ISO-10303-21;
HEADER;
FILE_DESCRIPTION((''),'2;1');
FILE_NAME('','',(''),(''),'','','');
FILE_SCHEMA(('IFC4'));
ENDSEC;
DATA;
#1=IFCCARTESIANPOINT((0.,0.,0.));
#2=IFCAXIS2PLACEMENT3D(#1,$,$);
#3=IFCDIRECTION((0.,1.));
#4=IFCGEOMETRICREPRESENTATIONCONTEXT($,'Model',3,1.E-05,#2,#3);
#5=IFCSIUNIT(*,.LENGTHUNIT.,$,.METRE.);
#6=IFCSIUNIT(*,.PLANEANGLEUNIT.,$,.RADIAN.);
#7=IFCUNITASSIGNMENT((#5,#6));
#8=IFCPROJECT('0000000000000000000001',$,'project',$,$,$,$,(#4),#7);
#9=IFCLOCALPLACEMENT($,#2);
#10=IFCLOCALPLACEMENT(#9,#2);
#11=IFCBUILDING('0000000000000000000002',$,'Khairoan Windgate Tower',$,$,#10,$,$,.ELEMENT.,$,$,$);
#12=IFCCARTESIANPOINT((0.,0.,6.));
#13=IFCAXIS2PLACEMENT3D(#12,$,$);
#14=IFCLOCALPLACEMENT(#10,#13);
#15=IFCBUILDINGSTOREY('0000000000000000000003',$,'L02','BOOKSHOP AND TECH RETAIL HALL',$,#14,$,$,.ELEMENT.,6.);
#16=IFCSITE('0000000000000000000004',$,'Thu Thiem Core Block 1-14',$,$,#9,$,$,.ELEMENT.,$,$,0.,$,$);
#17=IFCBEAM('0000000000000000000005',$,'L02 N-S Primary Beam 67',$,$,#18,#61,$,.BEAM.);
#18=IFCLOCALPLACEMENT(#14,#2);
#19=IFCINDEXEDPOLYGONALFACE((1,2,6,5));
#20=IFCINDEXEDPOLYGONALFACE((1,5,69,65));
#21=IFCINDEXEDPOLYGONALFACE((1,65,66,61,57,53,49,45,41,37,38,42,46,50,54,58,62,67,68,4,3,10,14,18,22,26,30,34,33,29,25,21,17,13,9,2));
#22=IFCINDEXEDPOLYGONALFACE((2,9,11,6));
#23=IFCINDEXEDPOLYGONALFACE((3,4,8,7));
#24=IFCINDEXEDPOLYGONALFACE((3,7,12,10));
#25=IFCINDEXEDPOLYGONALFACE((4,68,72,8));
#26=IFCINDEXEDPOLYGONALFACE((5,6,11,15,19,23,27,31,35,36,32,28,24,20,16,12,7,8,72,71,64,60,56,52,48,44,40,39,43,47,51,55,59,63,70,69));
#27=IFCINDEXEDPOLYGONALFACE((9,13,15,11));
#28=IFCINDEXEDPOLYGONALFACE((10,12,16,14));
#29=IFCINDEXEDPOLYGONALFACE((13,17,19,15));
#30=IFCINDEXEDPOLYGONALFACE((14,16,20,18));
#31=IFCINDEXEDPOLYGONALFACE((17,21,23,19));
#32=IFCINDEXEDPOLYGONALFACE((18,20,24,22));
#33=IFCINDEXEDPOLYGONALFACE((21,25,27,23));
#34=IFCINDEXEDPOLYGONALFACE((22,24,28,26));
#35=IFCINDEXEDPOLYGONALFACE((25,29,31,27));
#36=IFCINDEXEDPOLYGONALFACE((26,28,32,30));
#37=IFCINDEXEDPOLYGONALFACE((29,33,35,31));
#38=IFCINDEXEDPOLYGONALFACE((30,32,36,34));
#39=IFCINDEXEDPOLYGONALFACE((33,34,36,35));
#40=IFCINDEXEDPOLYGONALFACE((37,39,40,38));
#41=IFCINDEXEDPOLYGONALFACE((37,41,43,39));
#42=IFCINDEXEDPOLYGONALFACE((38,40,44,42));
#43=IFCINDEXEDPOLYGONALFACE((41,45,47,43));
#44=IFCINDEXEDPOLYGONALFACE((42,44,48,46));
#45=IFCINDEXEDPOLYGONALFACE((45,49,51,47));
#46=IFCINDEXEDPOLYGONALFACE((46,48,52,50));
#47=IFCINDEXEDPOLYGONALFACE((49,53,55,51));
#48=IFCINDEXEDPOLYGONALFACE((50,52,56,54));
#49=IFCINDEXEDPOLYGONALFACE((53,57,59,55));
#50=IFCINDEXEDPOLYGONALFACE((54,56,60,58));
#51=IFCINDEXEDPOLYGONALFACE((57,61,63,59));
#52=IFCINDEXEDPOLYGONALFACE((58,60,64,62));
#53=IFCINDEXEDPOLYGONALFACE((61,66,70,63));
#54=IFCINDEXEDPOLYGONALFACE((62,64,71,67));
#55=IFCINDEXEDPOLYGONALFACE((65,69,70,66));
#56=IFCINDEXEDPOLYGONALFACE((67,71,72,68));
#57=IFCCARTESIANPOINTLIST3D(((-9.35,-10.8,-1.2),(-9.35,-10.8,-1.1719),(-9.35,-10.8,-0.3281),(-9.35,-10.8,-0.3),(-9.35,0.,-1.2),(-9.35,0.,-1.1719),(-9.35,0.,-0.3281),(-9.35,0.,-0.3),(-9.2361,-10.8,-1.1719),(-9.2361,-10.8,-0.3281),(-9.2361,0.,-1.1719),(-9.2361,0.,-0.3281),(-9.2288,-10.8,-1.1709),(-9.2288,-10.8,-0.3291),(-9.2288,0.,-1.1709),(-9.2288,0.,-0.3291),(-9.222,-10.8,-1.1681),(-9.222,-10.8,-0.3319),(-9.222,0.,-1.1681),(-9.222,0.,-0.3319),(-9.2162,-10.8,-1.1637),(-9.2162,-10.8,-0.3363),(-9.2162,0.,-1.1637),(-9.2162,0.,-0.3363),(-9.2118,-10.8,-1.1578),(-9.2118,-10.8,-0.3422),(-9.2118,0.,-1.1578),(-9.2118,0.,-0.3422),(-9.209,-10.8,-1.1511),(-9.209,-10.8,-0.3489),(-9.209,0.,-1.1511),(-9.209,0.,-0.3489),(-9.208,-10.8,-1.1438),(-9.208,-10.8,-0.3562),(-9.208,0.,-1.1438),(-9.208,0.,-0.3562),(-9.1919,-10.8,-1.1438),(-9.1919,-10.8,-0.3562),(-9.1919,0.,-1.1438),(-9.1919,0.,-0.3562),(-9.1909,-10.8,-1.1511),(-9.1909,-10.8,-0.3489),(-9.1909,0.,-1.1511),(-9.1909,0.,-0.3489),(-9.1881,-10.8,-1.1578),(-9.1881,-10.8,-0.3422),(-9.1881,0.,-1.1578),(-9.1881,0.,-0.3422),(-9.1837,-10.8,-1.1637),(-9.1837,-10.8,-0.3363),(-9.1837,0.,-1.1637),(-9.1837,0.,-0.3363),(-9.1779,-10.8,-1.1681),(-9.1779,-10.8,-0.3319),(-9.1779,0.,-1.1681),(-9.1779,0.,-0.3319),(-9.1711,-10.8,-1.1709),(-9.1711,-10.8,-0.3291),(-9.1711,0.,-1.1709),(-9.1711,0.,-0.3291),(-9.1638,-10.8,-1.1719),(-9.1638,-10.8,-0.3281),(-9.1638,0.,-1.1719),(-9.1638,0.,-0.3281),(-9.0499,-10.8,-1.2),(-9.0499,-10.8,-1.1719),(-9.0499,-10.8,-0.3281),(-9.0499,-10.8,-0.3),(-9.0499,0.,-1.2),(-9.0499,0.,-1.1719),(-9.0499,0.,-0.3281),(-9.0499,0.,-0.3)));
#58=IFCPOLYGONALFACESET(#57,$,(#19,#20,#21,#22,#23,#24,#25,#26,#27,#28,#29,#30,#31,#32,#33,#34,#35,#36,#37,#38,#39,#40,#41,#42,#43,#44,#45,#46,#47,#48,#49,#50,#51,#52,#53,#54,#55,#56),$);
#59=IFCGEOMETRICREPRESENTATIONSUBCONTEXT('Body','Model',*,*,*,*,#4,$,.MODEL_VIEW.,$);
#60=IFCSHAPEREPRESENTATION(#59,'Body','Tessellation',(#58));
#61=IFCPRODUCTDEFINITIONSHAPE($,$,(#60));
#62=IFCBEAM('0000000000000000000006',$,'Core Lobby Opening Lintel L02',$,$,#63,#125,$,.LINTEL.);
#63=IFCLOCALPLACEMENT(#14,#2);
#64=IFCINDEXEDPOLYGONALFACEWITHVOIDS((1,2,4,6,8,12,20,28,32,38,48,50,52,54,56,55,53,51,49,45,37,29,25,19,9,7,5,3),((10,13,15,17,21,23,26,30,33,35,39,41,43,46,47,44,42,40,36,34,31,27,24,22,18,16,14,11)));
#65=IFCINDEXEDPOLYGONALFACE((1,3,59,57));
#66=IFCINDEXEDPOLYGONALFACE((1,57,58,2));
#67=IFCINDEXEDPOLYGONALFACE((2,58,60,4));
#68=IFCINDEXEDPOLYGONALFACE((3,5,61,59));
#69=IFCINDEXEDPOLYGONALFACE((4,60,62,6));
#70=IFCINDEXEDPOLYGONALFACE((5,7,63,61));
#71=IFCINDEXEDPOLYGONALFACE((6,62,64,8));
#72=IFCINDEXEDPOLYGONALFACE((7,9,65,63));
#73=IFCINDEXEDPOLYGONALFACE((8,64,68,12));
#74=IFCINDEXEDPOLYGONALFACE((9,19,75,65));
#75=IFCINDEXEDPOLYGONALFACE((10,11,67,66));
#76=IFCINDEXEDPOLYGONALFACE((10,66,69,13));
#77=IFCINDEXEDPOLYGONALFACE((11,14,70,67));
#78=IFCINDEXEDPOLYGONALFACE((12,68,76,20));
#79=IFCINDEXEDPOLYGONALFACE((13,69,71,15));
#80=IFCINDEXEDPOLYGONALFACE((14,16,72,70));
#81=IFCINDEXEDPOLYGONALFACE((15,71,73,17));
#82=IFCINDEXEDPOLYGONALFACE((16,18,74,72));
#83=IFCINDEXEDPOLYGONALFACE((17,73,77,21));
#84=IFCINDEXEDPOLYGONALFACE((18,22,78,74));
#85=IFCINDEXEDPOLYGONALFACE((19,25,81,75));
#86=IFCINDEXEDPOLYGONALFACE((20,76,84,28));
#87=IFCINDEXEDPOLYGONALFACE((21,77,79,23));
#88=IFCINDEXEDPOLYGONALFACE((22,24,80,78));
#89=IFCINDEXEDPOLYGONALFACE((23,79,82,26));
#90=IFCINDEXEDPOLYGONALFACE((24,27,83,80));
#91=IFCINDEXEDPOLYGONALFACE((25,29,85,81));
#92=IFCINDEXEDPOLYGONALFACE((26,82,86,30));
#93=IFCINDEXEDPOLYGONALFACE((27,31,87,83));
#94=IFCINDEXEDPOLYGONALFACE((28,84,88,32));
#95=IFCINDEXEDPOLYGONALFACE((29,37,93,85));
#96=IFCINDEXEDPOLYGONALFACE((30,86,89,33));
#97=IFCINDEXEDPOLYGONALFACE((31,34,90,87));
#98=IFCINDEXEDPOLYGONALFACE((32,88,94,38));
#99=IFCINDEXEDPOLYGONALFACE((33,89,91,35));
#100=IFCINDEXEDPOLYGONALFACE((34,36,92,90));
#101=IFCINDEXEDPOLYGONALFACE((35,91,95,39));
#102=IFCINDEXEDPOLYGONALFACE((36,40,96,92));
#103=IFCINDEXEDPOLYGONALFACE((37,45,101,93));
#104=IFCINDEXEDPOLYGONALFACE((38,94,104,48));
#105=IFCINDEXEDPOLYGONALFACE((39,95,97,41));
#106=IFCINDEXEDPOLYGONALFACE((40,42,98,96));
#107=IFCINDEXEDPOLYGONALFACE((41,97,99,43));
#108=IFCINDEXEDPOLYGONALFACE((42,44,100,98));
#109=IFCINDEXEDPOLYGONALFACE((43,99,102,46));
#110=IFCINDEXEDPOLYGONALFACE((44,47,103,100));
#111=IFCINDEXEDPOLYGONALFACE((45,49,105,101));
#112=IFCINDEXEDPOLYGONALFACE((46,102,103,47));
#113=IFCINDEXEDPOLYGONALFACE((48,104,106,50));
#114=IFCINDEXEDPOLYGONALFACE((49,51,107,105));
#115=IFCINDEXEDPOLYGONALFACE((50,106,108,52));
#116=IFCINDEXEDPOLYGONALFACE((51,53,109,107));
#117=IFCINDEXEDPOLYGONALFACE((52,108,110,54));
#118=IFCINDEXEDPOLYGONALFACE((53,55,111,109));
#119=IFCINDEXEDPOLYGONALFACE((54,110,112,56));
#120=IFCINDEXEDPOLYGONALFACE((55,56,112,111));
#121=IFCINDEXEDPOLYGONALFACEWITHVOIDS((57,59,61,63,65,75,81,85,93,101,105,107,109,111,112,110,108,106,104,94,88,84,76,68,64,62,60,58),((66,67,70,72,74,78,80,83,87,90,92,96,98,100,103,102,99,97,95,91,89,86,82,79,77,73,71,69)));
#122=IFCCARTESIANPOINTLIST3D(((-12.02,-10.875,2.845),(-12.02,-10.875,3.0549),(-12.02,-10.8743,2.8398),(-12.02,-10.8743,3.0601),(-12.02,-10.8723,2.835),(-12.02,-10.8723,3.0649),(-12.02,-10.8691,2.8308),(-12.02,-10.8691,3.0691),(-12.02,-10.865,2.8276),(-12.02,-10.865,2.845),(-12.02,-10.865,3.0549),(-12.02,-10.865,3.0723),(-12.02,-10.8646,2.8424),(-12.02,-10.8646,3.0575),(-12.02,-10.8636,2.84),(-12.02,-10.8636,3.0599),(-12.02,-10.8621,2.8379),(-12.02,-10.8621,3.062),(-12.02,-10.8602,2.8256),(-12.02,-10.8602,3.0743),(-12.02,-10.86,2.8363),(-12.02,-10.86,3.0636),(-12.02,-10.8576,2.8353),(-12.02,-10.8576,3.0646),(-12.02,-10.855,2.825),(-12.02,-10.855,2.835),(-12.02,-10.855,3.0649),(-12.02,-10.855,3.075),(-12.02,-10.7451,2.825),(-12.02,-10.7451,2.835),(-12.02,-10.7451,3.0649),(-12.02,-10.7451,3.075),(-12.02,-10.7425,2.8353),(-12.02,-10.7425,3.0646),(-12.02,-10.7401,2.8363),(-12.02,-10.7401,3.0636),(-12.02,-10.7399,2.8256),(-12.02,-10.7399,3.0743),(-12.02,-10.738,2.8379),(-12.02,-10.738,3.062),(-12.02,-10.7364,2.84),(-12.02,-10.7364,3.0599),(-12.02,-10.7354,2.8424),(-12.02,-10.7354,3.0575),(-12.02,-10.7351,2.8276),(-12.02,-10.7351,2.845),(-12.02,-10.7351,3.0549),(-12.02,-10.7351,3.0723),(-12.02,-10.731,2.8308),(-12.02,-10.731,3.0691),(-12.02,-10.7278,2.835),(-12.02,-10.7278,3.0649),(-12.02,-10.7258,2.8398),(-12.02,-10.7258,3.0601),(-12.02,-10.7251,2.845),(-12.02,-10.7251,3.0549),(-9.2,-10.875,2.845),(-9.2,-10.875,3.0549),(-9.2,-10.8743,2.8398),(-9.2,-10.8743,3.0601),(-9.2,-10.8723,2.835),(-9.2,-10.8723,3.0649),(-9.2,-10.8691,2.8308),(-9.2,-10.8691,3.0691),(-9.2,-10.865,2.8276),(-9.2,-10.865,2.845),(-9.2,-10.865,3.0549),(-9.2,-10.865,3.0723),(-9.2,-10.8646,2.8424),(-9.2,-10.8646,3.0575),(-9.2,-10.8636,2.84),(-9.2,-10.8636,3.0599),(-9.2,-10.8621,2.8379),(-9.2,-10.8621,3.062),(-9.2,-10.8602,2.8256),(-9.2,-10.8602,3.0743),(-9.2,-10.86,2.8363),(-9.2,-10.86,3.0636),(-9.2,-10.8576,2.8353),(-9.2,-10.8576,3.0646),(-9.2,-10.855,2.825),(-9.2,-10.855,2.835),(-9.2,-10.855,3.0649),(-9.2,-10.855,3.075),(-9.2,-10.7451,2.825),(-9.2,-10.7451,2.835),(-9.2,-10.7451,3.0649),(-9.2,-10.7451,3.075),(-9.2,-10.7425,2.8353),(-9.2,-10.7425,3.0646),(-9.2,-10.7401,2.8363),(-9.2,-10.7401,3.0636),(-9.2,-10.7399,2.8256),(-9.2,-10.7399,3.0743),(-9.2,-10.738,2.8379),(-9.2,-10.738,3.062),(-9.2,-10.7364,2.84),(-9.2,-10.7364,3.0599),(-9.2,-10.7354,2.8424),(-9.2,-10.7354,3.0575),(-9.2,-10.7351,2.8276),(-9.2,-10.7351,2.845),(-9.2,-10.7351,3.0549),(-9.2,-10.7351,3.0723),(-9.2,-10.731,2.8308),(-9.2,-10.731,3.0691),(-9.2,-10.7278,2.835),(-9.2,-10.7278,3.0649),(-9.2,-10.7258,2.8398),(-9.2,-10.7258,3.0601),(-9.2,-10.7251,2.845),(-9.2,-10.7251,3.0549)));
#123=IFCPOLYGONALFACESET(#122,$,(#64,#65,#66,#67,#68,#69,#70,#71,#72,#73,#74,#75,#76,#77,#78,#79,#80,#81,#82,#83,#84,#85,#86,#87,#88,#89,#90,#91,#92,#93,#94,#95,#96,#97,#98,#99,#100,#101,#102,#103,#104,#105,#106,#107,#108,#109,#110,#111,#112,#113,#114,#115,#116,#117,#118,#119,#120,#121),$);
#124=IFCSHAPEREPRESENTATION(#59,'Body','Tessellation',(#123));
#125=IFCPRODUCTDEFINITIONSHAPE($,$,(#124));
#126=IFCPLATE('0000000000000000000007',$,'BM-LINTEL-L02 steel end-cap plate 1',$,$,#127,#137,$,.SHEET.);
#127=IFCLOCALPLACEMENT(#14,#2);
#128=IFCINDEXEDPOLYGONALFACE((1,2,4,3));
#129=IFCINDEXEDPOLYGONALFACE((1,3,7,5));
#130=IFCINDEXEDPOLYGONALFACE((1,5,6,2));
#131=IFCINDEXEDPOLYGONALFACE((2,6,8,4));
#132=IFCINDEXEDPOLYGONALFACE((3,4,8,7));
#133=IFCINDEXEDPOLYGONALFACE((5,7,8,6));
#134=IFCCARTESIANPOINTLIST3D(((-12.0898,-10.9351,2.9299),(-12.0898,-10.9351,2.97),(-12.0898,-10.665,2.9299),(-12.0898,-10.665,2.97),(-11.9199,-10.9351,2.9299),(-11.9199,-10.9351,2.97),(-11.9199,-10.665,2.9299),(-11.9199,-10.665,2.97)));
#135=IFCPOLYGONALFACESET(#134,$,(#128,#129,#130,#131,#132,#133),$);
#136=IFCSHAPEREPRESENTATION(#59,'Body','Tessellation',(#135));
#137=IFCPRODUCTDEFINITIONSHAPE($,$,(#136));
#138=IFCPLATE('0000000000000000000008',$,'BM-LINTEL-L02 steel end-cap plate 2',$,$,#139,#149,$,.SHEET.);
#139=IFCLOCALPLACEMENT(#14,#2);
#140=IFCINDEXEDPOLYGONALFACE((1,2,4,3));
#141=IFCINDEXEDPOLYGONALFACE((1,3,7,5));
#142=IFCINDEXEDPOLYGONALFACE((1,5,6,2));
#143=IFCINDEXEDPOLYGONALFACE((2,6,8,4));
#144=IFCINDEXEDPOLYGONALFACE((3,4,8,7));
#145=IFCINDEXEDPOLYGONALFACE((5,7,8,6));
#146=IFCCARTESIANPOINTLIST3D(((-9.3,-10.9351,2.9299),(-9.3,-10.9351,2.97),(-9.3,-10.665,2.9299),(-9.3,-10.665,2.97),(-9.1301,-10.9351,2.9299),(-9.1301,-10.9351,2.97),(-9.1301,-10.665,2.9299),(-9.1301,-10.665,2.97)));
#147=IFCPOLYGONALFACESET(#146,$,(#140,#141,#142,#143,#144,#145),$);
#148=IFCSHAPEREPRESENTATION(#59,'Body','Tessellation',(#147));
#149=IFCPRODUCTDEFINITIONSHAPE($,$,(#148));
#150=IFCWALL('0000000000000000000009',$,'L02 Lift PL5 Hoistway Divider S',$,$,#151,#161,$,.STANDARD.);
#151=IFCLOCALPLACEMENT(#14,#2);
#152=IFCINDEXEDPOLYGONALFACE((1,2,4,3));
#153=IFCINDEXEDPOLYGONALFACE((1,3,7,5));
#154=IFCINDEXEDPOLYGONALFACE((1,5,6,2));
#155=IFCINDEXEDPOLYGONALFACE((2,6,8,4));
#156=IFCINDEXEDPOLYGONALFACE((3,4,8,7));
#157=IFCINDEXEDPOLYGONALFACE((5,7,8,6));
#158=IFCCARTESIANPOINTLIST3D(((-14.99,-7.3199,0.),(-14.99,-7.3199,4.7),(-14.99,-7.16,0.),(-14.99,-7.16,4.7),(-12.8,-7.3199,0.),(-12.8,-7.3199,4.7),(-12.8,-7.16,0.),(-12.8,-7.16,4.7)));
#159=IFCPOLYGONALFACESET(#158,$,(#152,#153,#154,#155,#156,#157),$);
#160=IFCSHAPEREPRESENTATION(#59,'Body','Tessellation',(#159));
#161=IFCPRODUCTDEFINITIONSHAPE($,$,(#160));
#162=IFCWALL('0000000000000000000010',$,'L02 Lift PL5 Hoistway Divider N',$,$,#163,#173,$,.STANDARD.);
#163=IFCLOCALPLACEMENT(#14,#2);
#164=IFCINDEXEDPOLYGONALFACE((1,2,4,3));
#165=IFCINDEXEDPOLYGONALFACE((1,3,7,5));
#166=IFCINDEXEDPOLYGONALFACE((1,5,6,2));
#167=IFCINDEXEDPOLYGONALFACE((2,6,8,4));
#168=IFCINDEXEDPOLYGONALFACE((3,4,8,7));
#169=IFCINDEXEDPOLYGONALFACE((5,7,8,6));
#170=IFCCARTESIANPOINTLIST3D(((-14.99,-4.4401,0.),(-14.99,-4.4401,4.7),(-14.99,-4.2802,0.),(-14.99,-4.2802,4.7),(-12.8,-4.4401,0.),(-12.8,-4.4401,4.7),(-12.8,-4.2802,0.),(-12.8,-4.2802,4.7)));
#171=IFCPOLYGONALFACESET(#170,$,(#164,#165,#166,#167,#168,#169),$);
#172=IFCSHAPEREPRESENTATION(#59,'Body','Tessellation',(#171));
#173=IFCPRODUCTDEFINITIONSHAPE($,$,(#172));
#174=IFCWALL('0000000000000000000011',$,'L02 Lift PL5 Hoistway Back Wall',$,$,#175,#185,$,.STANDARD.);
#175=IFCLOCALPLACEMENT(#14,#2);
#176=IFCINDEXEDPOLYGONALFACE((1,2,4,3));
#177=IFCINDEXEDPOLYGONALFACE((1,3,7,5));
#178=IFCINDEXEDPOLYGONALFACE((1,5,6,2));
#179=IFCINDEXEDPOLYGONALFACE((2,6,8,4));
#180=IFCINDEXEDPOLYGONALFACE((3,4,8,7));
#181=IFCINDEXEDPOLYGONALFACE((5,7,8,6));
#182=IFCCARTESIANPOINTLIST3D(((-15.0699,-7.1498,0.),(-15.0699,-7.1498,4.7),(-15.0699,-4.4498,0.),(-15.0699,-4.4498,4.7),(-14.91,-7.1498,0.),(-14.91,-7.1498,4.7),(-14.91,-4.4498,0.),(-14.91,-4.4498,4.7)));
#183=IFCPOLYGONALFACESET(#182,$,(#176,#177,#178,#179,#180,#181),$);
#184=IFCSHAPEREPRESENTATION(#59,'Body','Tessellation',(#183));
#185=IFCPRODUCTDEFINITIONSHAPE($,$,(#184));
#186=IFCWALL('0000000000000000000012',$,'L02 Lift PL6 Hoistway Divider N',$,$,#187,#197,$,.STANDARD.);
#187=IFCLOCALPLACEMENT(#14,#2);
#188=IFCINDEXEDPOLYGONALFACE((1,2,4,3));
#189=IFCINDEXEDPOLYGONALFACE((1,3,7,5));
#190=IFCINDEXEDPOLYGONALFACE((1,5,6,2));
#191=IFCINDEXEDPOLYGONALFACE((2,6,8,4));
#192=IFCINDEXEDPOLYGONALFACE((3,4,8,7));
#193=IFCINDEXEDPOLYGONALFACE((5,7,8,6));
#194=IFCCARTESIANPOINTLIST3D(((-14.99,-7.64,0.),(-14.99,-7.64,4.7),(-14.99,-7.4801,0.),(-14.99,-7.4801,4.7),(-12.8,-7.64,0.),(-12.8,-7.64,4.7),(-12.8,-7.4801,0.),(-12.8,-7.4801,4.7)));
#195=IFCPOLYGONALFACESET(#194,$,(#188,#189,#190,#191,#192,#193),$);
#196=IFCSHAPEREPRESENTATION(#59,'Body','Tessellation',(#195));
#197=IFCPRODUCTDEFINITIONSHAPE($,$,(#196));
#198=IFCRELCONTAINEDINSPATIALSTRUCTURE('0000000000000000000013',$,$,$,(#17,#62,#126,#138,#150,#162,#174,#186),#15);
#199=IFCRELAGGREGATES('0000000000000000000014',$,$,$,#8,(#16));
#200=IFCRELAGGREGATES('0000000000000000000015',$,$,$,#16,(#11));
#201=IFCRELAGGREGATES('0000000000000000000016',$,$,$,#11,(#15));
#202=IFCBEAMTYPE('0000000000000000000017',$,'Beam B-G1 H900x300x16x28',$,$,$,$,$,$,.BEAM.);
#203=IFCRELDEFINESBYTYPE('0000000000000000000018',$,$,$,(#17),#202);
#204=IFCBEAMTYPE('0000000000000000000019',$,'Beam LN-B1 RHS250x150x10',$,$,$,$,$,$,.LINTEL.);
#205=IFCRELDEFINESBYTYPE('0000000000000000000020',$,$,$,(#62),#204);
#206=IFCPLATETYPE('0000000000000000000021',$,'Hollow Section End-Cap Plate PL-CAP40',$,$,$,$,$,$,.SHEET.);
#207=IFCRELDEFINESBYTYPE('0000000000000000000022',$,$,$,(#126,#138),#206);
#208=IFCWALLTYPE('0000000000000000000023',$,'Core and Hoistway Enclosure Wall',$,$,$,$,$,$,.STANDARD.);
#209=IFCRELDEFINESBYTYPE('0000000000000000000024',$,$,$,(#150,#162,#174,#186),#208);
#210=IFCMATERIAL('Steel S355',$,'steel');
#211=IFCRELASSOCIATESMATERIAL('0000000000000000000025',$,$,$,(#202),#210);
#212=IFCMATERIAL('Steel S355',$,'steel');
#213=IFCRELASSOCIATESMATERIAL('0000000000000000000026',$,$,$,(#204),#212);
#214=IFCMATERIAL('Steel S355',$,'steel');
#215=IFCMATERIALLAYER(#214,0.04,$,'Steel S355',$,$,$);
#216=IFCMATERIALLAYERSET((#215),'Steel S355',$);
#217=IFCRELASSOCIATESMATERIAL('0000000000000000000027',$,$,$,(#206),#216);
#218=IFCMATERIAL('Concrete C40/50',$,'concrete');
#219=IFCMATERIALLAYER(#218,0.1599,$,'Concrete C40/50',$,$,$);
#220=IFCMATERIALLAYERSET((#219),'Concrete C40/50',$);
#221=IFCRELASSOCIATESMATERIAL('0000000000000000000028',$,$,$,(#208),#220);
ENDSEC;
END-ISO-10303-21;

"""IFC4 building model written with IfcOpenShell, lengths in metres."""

from ifc_helpers import new_model, si_unit, direction, frame, frame_2d, origin, origin_2d, place, context, subcontext, project, spatial, rectangle, hollow_rectangle, i_section, extrude, material, layer, layer_set, material_profile, profile_set, type_object, element, save


model = new_model("IFC4")

# Units and contexts
model_context = context("Model", 3, precision=1e-05, world=origin(), true_north=direction((0.0, 1.0)))
body_context = subcontext(model_context, "Body", "Model", "MODEL_VIEW")
ifc_project = project(units=[si_unit("LENGTHUNIT", "METRE"), si_unit("PLANEANGLEUNIT", "RADIAN")], contexts=[model_context])

# Site, building, storey
site_placement = place(None, origin())
site = spatial("IfcSite", under=ifc_project, at=site_placement, Name="Thu Thiem Core Block 1-14", CompositionType="ELEMENT", RefElevation=0.0)
building_placement = place(site_placement, origin())
building = spatial("IfcBuilding", under=site, at=building_placement, Name="Khairoan Windgate Tower", CompositionType="ELEMENT")
storey_placement = place(building_placement, frame((0.0, 0.0, 6.0)))
storey = spatial("IfcBuildingStorey", under=building, at=storey_placement, Name="L02", Description="BOOKSHOP AND TECH RETAIL HALL", CompositionType="ELEMENT", Elevation=6.0)

# Beams
ifc_material_1 = material(Name="Steel S355", Category="steel")
ifc_material_profile_1 = material_profile(ifc_material_1, i_section(OverallWidth=0.3, OverallDepth=0.8999, WebThickness=0.0161, FlangeThickness=0.0281, FilletRadius=0.0281, at=origin_2d()))
ifc_profile_set_1 = profile_set([ifc_material_profile_1], Name="Steel S355")
beam_type_1 = type_object("IfcBeamType", Name="Beam B-G1 H900x300x16x28", PredefinedType="BEAM", material=ifc_profile_set_1)
beam_1_placement = place(storey_placement, frame((-9.2, -10.8, -0.75), z_axis=(0.0, 1.0, 0.0), x_axis=(-1.0, 0.0, 0.0)))
element("IfcBeam", 1, at=beam_1_placement, inside=storey, type_object=beam_type_1, Name="L02 N-S Primary Beam 67", PredefinedType="BEAM", context=body_context, shape_type="SweptSolid", body=[
    extrude(i_section(OverallWidth=0.3, OverallDepth=0.8999, WebThickness=0.0161, FlangeThickness=0.0281, FilletRadius=0.0281, at=origin_2d()), origin(), (0.0, 0.0, 1.0), 10.8),
])
ifc_material_2 = material(Name="Steel S355", Category="steel")
ifc_material_profile_2 = material_profile(ifc_material_2, hollow_rectangle(XDim=0.1499, YDim=0.25, WallThickness=0.01, InnerFilletRadius=0.01, OuterFilletRadius=0.02, at=origin_2d()))
ifc_profile_set_2 = profile_set([ifc_material_profile_2], Name="Steel S355")
beam_type_2 = type_object("IfcBeamType", Name="Beam LN-B1 RHS250x150x10", PredefinedType="LINTEL", material=ifc_profile_set_2)
beam_2_placement = place(storey_placement, frame((-12.02, -10.8, 2.95), z_axis=(1.0, 0.0, 0.0), x_axis=(0.0, 1.0, 0.0)))
element("IfcBeam", 2, at=beam_2_placement, inside=storey, type_object=beam_type_2, Name="Core Lobby Opening Lintel L02", PredefinedType="LINTEL", context=body_context, shape_type="SweptSolid", body=[
    extrude(hollow_rectangle(XDim=0.1499, YDim=0.25, WallThickness=0.01, InnerFilletRadius=0.01, OuterFilletRadius=0.02, at=origin_2d()), origin(), (0.0, 0.0, 1.0), 2.8201),
])

# Plates
ifc_material_3 = material(Name="Steel S355", Category="steel")
ifc_layer_1 = layer(ifc_material_3, 0.04, Name="Steel S355")
ifc_layer_set_1 = layer_set([ifc_layer_1], Name="Steel S355")
plate_type = type_object("IfcPlateType", Name="Hollow Section End-Cap Plate PL-CAP40", PredefinedType="SHEET", material=ifc_layer_set_1)
for number, where, z_axis, x_axis, name in (
    (3, (-12.0049, -10.8, 2.9299), (0.0, 0.0, 1.0), (1.0, 0.0, 0.0), "BM-LINTEL-L02 steel end-cap plate 1"),
    (4, (-9.2151, -10.8, 2.9299), (0.0, 0.0, 1.0), (1.0, 0.0, 0.0), "BM-LINTEL-L02 steel end-cap plate 2"),
):
    element("IfcPlate", number, at=place(storey_placement, frame(where, z_axis=z_axis, x_axis=x_axis)), inside=storey, type_object=plate_type, Name=name, PredefinedType="SHEET", context=body_context, shape_type="SweptSolid", body=[
        extrude(rectangle(XDim=0.1699, YDim=0.27, at=origin_2d()), origin(), (0.0, 0.0, 1.0), 0.04),
    ])

# Walls
ifc_material_4 = material(Name="Concrete C40/50", Category="concrete")
ifc_layer_2 = layer(ifc_material_4, 0.1599, Name="Concrete C40/50")
ifc_layer_set_2 = layer_set([ifc_layer_2], Name="Concrete C40/50")
wall_type_1 = type_object("IfcWallType", Name="Core and Hoistway Enclosure Wall", PredefinedType="STANDARD", material=ifc_layer_set_2)
for number, where, z_axis, x_axis, name in (
    (5, (-14.99, -7.24, 0.0), (0.0, 0.0, 1.0), (1.0, 0.0, 0.0), "L02 Lift PL5 Hoistway Divider S"),
    (6, (-14.99, -4.3601, 0.0), (0.0, 0.0, 1.0), (1.0, 0.0, 0.0), "L02 Lift PL5 Hoistway Divider N"),
):
    element("IfcWall", number, at=place(storey_placement, frame(where, z_axis=z_axis, x_axis=x_axis)), inside=storey, type_object=wall_type_1, Name=name, PredefinedType="STANDARD", context=body_context, shape_type="SweptSolid", body=[
        extrude(rectangle(XDim=2.1899, YDim=0.1599, at=frame_2d((1.095, 0.0))), origin(), (0.0, 0.0, 1.0), 4.7),
    ])
wall_1_placement = place(storey_placement, frame((-14.99, -7.1499, 0.0), z_axis=(0.0, 0.0, 1.0), x_axis=(0.0, 1.0, 0.0)))
element("IfcWall", 7, at=wall_1_placement, inside=storey, type_object=wall_type_1, Name="L02 Lift PL5 Hoistway Back Wall", PredefinedType="STANDARD", context=body_context, shape_type="SweptSolid", body=[
    extrude(rectangle(XDim=2.7, YDim=0.1599, at=frame_2d((1.3501, 0.0))), origin(), (0.0, 0.0, 1.0), 4.7),
])
wall_2_placement = place(storey_placement, frame((-14.99, -7.5601, 0.0), z_axis=(0.0, 0.0, 1.0), x_axis=(1.0, 0.0, 0.0)))
element("IfcWall", 8, at=wall_2_placement, inside=storey, type_object=wall_type_1, Name="L02 Lift PL6 Hoistway Divider N", PredefinedType="STANDARD", context=body_context, shape_type="SweptSolid", body=[
    extrude(rectangle(XDim=2.1899, YDim=0.1599, at=frame_2d((1.095, 0.0))), origin(), (0.0, 0.0, 1.0), 4.7),
])

save(model, "model.ifc")
